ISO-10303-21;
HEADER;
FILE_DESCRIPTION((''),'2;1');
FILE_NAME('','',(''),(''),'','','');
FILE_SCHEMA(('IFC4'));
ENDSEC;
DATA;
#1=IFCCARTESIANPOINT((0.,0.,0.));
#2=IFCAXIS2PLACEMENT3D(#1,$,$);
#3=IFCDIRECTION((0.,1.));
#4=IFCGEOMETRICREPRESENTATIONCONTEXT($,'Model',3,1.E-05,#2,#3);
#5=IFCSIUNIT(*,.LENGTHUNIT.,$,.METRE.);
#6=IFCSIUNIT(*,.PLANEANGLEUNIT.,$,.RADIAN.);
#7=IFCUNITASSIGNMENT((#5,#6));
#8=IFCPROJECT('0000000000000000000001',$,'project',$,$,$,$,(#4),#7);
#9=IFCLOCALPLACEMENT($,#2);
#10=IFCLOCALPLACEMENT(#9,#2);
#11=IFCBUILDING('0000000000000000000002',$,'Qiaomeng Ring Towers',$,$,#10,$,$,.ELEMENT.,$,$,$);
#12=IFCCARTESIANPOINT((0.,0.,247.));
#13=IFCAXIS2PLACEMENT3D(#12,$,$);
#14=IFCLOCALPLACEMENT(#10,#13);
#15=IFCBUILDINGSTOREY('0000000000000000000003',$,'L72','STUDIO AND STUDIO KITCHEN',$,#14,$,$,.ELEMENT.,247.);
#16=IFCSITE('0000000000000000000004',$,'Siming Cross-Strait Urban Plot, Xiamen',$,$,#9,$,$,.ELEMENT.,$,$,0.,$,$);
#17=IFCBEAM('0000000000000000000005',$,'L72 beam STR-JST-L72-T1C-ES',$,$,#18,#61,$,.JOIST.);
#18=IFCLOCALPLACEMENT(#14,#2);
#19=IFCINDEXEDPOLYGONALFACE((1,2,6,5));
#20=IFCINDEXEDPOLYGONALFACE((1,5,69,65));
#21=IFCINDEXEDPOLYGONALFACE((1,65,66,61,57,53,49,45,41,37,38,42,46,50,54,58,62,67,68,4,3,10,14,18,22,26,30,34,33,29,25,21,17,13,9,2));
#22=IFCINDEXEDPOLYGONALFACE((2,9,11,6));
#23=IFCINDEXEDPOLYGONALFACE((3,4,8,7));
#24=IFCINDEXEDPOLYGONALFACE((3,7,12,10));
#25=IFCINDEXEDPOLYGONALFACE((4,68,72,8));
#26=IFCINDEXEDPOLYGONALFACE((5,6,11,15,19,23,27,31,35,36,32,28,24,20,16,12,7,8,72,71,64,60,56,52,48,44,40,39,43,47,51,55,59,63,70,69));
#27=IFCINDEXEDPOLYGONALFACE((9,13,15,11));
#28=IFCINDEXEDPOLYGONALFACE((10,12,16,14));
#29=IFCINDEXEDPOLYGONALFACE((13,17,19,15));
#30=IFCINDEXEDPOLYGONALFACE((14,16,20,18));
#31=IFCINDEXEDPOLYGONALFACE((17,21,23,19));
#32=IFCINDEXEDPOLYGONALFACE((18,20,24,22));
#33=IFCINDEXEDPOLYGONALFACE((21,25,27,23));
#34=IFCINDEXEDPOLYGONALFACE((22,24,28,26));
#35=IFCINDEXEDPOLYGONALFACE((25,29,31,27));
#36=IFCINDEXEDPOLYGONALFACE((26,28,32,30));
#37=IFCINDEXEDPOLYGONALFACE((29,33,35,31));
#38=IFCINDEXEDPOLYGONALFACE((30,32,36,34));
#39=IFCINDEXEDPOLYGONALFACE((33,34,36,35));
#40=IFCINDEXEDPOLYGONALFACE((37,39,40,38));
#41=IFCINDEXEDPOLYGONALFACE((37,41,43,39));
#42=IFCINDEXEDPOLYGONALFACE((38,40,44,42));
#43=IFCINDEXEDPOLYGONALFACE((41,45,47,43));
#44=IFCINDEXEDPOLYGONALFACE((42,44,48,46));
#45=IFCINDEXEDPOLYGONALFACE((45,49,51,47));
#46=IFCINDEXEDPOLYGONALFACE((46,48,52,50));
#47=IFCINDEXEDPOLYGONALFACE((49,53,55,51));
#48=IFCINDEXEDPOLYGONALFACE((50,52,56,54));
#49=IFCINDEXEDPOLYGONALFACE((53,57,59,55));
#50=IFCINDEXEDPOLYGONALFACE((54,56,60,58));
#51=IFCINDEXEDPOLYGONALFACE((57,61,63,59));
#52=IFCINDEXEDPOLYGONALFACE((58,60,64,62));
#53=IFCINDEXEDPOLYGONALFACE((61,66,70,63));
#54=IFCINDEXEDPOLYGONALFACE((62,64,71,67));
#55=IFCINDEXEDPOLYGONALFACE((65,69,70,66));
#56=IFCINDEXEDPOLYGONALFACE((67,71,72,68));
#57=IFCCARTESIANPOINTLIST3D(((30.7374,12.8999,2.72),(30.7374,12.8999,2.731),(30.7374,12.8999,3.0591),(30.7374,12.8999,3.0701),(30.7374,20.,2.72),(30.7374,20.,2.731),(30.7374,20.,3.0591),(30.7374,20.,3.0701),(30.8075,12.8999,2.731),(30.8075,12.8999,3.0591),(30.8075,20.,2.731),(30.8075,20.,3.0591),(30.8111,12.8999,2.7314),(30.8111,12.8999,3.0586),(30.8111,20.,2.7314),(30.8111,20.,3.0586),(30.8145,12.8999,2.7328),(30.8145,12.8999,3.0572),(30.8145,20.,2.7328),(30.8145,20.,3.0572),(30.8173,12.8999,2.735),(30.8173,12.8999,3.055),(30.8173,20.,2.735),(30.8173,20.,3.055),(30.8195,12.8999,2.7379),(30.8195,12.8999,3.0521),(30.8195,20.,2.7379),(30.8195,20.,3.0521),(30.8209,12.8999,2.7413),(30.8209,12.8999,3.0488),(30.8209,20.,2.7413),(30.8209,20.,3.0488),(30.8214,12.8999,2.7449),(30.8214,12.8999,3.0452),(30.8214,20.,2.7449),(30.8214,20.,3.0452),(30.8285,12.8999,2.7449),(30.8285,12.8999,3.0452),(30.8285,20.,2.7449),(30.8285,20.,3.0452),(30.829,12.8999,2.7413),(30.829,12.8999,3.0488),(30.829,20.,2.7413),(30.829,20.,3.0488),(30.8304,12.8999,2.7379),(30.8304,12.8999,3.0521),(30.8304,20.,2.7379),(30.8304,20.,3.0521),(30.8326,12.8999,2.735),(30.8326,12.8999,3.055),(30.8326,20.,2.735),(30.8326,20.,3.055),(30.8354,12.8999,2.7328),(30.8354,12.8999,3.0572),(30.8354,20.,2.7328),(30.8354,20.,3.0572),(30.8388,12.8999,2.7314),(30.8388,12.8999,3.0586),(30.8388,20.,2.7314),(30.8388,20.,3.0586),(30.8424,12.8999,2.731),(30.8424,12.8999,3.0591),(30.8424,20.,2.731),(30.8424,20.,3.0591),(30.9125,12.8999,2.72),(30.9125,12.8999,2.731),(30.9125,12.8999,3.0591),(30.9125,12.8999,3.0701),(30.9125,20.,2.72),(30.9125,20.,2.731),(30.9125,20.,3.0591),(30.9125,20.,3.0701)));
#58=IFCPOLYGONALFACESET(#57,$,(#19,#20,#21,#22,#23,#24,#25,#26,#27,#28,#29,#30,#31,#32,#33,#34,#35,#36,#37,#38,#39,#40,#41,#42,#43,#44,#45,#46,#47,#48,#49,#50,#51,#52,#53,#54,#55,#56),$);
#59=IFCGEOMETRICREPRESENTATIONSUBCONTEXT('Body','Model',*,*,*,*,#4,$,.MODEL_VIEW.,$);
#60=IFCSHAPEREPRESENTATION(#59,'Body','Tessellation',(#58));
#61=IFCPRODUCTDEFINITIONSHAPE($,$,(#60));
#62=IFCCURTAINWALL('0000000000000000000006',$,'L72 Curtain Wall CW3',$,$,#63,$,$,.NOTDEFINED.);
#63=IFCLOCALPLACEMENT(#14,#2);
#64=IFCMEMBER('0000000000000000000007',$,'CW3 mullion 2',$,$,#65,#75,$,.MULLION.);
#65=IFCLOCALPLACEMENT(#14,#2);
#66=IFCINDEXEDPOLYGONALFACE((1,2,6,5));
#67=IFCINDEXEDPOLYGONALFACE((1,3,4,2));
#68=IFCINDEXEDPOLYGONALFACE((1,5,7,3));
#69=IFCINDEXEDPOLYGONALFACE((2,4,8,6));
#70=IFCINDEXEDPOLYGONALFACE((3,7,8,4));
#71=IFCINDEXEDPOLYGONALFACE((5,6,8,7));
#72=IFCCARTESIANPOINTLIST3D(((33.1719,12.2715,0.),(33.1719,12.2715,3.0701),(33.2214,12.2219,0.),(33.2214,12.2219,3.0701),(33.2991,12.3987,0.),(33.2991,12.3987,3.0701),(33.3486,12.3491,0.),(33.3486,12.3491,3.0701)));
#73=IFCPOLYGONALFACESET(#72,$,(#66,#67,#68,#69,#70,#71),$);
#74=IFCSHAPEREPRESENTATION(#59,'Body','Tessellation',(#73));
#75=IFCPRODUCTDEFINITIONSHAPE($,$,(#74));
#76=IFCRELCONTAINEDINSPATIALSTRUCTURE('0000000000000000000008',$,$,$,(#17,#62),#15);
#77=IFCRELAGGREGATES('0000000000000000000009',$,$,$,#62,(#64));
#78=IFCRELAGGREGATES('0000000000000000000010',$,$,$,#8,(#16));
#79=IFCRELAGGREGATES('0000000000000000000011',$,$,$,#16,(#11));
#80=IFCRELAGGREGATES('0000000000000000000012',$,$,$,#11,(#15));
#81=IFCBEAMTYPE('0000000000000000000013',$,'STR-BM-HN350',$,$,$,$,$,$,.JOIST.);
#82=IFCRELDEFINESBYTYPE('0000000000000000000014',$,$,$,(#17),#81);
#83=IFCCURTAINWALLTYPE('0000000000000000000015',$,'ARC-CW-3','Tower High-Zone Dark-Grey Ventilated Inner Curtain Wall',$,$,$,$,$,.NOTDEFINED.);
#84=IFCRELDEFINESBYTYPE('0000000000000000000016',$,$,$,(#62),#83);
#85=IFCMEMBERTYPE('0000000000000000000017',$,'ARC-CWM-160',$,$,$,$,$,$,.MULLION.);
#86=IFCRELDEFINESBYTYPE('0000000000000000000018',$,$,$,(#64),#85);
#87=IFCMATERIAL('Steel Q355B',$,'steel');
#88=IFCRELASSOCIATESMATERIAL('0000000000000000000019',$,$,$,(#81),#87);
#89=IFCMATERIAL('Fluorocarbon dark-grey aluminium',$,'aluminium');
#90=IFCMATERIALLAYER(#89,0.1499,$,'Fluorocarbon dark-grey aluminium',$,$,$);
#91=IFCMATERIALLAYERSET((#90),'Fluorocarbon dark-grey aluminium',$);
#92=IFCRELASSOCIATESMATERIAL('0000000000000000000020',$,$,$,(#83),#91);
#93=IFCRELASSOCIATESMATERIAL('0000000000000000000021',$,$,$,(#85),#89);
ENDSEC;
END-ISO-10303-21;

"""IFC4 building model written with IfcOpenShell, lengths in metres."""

from ifc_helpers import new_model, si_unit, direction, frame, origin, origin_2d, place, context, subcontext, project, spatial, rectangle, i_section, extrude, source, transform, mapped, material, layer, layer_set, material_profile, profile_set, type_object, element, aggregate, save


model = new_model("IFC4")

# Units and contexts
model_context = context("Model", 3, precision=1e-05, world=origin(), true_north=direction((0.0, 1.0)))
body_context = subcontext(model_context, "Body", "Model", "MODEL_VIEW")
ifc_project = project(units=[si_unit("LENGTHUNIT", "METRE"), si_unit("PLANEANGLEUNIT", "RADIAN")], contexts=[model_context])

# Site, building, storey
site_placement = place(None, origin())
site = spatial("IfcSite", under=ifc_project, at=site_placement, Name="Siming Cross-Strait Urban Plot, Xiamen", CompositionType="ELEMENT", RefElevation=0.0)
building_placement = place(site_placement, origin())
building = spatial("IfcBuilding", under=site, at=building_placement, Name="Qiaomeng Ring Towers", CompositionType="ELEMENT")
storey_placement = place(building_placement, frame((0.0, 0.0, 247.0)))
storey = spatial("IfcBuildingStorey", under=building, at=storey_placement, Name="L72", Description="STUDIO AND STUDIO KITCHEN", CompositionType="ELEMENT", Elevation=247.0)

# Beam
ifc_material_1 = material(Name="Steel Q355B", Category="steel")
ifc_material_profile_1 = material_profile(ifc_material_1, i_section(OverallWidth=0.175, OverallDepth=0.3501, WebThickness=0.0071, FlangeThickness=0.011, FilletRadius=0.0139, at=origin_2d()), Name="HN 350x175x7x11")
ifc_profile_set_1 = profile_set([ifc_material_profile_1], Name="Steel Q355B")
beam_type_1 = type_object("IfcBeamType", Name="STR-BM-HN350", PredefinedType="JOIST", material=ifc_profile_set_1)
shared_shape_1 = source(origin(), body_context, "Body", "SweptSolid", [
    extrude(i_section(OverallWidth=0.175, OverallDepth=0.3501, WebThickness=0.0071, FlangeThickness=0.011, FilletRadius=0.0139, at=origin_2d()), origin(), (0.0, 0.0, 1.0), 7.1001),
])
beam_1_placement = place(storey_placement, frame((30.825, 12.8999, 2.895), z_axis=(0.0, 1.0, 0.0), x_axis=(-1.0, 0.0, 0.0)))
element("IfcBeam", 1, at=beam_1_placement, inside=storey, type_object=beam_type_1, Name="L72 beam STR-JST-L72-T1C-ES", PredefinedType="JOIST", context=body_context, shape_type="MappedRepresentation", body=[
    mapped(shared_shape_1, transform((0.0, 0.0, 0.0), x_axis=(1.0, 0.0, 0.0), y_axis=(0.0, 1.0, 0.0), z_axis=(0.0, 0.0, 1.0), scale=1.0)),
])

# Curtain wall, member
ifc_material_2 = material(Name="Fluorocarbon dark-grey aluminium", Category="aluminium")
ifc_layer_1 = layer(ifc_material_2, 0.1499, Name="Fluorocarbon dark-grey aluminium")
ifc_layer_set_1 = layer_set([ifc_layer_1], Name="Fluorocarbon dark-grey aluminium")
curtain_wall_type = type_object("IfcCurtainWallType", Name="ARC-CW-3", Description="Tower High-Zone Dark-Grey Ventilated Inner Curtain Wall", PredefinedType="NOTDEFINED", material=ifc_layer_set_1)
curtain_wall_placement = place(storey_placement, origin())
curtain_wall = element("IfcCurtainWall", 2, at=curtain_wall_placement, inside=storey, type_object=curtain_wall_type, Name="L72 Curtain Wall CW3", PredefinedType="NOTDEFINED")
ifc_material_profile_2 = material_profile(ifc_material_2, rectangle(XDim=0.0701, YDim=0.1799, at=origin_2d()), Name="ALU MULL 70x180")
ifc_profile_set_2 = profile_set([ifc_material_profile_2], Name="Fluorocarbon dark-grey aluminium")
member_type = type_object("IfcMemberType", Name="ARC-CWM-160", PredefinedType="MULLION", material=ifc_profile_set_2)
shared_shape_2 = source(origin(), body_context, "Body", "SweptSolid", [
    extrude(rectangle(XDim=0.0701, YDim=0.1799, at=origin_2d()), origin(), (0.0, 0.0, 1.0), 3.0701),
])
member_placement = place(storey_placement, frame((33.2603, 12.3103, 0.0), z_axis=(0.0, 0.0, 1.0), x_axis=(-0.707107, 0.707107, 0.0)))
member = element("IfcMember", 3, at=member_placement, type_object=member_type, Name="CW3 mullion 2", PredefinedType="MULLION", context=body_context, shape_type="MappedRepresentation", body=[
    mapped(shared_shape_2, transform((0.0, 0.0, 0.0), x_axis=(1.0, 0.0, 0.0), y_axis=(0.0, 1.0, 0.0), z_axis=(0.0, 0.0, 1.0), scale=1.0)),
])
aggregate(curtain_wall, [member])

save(model, "model.ifc")
